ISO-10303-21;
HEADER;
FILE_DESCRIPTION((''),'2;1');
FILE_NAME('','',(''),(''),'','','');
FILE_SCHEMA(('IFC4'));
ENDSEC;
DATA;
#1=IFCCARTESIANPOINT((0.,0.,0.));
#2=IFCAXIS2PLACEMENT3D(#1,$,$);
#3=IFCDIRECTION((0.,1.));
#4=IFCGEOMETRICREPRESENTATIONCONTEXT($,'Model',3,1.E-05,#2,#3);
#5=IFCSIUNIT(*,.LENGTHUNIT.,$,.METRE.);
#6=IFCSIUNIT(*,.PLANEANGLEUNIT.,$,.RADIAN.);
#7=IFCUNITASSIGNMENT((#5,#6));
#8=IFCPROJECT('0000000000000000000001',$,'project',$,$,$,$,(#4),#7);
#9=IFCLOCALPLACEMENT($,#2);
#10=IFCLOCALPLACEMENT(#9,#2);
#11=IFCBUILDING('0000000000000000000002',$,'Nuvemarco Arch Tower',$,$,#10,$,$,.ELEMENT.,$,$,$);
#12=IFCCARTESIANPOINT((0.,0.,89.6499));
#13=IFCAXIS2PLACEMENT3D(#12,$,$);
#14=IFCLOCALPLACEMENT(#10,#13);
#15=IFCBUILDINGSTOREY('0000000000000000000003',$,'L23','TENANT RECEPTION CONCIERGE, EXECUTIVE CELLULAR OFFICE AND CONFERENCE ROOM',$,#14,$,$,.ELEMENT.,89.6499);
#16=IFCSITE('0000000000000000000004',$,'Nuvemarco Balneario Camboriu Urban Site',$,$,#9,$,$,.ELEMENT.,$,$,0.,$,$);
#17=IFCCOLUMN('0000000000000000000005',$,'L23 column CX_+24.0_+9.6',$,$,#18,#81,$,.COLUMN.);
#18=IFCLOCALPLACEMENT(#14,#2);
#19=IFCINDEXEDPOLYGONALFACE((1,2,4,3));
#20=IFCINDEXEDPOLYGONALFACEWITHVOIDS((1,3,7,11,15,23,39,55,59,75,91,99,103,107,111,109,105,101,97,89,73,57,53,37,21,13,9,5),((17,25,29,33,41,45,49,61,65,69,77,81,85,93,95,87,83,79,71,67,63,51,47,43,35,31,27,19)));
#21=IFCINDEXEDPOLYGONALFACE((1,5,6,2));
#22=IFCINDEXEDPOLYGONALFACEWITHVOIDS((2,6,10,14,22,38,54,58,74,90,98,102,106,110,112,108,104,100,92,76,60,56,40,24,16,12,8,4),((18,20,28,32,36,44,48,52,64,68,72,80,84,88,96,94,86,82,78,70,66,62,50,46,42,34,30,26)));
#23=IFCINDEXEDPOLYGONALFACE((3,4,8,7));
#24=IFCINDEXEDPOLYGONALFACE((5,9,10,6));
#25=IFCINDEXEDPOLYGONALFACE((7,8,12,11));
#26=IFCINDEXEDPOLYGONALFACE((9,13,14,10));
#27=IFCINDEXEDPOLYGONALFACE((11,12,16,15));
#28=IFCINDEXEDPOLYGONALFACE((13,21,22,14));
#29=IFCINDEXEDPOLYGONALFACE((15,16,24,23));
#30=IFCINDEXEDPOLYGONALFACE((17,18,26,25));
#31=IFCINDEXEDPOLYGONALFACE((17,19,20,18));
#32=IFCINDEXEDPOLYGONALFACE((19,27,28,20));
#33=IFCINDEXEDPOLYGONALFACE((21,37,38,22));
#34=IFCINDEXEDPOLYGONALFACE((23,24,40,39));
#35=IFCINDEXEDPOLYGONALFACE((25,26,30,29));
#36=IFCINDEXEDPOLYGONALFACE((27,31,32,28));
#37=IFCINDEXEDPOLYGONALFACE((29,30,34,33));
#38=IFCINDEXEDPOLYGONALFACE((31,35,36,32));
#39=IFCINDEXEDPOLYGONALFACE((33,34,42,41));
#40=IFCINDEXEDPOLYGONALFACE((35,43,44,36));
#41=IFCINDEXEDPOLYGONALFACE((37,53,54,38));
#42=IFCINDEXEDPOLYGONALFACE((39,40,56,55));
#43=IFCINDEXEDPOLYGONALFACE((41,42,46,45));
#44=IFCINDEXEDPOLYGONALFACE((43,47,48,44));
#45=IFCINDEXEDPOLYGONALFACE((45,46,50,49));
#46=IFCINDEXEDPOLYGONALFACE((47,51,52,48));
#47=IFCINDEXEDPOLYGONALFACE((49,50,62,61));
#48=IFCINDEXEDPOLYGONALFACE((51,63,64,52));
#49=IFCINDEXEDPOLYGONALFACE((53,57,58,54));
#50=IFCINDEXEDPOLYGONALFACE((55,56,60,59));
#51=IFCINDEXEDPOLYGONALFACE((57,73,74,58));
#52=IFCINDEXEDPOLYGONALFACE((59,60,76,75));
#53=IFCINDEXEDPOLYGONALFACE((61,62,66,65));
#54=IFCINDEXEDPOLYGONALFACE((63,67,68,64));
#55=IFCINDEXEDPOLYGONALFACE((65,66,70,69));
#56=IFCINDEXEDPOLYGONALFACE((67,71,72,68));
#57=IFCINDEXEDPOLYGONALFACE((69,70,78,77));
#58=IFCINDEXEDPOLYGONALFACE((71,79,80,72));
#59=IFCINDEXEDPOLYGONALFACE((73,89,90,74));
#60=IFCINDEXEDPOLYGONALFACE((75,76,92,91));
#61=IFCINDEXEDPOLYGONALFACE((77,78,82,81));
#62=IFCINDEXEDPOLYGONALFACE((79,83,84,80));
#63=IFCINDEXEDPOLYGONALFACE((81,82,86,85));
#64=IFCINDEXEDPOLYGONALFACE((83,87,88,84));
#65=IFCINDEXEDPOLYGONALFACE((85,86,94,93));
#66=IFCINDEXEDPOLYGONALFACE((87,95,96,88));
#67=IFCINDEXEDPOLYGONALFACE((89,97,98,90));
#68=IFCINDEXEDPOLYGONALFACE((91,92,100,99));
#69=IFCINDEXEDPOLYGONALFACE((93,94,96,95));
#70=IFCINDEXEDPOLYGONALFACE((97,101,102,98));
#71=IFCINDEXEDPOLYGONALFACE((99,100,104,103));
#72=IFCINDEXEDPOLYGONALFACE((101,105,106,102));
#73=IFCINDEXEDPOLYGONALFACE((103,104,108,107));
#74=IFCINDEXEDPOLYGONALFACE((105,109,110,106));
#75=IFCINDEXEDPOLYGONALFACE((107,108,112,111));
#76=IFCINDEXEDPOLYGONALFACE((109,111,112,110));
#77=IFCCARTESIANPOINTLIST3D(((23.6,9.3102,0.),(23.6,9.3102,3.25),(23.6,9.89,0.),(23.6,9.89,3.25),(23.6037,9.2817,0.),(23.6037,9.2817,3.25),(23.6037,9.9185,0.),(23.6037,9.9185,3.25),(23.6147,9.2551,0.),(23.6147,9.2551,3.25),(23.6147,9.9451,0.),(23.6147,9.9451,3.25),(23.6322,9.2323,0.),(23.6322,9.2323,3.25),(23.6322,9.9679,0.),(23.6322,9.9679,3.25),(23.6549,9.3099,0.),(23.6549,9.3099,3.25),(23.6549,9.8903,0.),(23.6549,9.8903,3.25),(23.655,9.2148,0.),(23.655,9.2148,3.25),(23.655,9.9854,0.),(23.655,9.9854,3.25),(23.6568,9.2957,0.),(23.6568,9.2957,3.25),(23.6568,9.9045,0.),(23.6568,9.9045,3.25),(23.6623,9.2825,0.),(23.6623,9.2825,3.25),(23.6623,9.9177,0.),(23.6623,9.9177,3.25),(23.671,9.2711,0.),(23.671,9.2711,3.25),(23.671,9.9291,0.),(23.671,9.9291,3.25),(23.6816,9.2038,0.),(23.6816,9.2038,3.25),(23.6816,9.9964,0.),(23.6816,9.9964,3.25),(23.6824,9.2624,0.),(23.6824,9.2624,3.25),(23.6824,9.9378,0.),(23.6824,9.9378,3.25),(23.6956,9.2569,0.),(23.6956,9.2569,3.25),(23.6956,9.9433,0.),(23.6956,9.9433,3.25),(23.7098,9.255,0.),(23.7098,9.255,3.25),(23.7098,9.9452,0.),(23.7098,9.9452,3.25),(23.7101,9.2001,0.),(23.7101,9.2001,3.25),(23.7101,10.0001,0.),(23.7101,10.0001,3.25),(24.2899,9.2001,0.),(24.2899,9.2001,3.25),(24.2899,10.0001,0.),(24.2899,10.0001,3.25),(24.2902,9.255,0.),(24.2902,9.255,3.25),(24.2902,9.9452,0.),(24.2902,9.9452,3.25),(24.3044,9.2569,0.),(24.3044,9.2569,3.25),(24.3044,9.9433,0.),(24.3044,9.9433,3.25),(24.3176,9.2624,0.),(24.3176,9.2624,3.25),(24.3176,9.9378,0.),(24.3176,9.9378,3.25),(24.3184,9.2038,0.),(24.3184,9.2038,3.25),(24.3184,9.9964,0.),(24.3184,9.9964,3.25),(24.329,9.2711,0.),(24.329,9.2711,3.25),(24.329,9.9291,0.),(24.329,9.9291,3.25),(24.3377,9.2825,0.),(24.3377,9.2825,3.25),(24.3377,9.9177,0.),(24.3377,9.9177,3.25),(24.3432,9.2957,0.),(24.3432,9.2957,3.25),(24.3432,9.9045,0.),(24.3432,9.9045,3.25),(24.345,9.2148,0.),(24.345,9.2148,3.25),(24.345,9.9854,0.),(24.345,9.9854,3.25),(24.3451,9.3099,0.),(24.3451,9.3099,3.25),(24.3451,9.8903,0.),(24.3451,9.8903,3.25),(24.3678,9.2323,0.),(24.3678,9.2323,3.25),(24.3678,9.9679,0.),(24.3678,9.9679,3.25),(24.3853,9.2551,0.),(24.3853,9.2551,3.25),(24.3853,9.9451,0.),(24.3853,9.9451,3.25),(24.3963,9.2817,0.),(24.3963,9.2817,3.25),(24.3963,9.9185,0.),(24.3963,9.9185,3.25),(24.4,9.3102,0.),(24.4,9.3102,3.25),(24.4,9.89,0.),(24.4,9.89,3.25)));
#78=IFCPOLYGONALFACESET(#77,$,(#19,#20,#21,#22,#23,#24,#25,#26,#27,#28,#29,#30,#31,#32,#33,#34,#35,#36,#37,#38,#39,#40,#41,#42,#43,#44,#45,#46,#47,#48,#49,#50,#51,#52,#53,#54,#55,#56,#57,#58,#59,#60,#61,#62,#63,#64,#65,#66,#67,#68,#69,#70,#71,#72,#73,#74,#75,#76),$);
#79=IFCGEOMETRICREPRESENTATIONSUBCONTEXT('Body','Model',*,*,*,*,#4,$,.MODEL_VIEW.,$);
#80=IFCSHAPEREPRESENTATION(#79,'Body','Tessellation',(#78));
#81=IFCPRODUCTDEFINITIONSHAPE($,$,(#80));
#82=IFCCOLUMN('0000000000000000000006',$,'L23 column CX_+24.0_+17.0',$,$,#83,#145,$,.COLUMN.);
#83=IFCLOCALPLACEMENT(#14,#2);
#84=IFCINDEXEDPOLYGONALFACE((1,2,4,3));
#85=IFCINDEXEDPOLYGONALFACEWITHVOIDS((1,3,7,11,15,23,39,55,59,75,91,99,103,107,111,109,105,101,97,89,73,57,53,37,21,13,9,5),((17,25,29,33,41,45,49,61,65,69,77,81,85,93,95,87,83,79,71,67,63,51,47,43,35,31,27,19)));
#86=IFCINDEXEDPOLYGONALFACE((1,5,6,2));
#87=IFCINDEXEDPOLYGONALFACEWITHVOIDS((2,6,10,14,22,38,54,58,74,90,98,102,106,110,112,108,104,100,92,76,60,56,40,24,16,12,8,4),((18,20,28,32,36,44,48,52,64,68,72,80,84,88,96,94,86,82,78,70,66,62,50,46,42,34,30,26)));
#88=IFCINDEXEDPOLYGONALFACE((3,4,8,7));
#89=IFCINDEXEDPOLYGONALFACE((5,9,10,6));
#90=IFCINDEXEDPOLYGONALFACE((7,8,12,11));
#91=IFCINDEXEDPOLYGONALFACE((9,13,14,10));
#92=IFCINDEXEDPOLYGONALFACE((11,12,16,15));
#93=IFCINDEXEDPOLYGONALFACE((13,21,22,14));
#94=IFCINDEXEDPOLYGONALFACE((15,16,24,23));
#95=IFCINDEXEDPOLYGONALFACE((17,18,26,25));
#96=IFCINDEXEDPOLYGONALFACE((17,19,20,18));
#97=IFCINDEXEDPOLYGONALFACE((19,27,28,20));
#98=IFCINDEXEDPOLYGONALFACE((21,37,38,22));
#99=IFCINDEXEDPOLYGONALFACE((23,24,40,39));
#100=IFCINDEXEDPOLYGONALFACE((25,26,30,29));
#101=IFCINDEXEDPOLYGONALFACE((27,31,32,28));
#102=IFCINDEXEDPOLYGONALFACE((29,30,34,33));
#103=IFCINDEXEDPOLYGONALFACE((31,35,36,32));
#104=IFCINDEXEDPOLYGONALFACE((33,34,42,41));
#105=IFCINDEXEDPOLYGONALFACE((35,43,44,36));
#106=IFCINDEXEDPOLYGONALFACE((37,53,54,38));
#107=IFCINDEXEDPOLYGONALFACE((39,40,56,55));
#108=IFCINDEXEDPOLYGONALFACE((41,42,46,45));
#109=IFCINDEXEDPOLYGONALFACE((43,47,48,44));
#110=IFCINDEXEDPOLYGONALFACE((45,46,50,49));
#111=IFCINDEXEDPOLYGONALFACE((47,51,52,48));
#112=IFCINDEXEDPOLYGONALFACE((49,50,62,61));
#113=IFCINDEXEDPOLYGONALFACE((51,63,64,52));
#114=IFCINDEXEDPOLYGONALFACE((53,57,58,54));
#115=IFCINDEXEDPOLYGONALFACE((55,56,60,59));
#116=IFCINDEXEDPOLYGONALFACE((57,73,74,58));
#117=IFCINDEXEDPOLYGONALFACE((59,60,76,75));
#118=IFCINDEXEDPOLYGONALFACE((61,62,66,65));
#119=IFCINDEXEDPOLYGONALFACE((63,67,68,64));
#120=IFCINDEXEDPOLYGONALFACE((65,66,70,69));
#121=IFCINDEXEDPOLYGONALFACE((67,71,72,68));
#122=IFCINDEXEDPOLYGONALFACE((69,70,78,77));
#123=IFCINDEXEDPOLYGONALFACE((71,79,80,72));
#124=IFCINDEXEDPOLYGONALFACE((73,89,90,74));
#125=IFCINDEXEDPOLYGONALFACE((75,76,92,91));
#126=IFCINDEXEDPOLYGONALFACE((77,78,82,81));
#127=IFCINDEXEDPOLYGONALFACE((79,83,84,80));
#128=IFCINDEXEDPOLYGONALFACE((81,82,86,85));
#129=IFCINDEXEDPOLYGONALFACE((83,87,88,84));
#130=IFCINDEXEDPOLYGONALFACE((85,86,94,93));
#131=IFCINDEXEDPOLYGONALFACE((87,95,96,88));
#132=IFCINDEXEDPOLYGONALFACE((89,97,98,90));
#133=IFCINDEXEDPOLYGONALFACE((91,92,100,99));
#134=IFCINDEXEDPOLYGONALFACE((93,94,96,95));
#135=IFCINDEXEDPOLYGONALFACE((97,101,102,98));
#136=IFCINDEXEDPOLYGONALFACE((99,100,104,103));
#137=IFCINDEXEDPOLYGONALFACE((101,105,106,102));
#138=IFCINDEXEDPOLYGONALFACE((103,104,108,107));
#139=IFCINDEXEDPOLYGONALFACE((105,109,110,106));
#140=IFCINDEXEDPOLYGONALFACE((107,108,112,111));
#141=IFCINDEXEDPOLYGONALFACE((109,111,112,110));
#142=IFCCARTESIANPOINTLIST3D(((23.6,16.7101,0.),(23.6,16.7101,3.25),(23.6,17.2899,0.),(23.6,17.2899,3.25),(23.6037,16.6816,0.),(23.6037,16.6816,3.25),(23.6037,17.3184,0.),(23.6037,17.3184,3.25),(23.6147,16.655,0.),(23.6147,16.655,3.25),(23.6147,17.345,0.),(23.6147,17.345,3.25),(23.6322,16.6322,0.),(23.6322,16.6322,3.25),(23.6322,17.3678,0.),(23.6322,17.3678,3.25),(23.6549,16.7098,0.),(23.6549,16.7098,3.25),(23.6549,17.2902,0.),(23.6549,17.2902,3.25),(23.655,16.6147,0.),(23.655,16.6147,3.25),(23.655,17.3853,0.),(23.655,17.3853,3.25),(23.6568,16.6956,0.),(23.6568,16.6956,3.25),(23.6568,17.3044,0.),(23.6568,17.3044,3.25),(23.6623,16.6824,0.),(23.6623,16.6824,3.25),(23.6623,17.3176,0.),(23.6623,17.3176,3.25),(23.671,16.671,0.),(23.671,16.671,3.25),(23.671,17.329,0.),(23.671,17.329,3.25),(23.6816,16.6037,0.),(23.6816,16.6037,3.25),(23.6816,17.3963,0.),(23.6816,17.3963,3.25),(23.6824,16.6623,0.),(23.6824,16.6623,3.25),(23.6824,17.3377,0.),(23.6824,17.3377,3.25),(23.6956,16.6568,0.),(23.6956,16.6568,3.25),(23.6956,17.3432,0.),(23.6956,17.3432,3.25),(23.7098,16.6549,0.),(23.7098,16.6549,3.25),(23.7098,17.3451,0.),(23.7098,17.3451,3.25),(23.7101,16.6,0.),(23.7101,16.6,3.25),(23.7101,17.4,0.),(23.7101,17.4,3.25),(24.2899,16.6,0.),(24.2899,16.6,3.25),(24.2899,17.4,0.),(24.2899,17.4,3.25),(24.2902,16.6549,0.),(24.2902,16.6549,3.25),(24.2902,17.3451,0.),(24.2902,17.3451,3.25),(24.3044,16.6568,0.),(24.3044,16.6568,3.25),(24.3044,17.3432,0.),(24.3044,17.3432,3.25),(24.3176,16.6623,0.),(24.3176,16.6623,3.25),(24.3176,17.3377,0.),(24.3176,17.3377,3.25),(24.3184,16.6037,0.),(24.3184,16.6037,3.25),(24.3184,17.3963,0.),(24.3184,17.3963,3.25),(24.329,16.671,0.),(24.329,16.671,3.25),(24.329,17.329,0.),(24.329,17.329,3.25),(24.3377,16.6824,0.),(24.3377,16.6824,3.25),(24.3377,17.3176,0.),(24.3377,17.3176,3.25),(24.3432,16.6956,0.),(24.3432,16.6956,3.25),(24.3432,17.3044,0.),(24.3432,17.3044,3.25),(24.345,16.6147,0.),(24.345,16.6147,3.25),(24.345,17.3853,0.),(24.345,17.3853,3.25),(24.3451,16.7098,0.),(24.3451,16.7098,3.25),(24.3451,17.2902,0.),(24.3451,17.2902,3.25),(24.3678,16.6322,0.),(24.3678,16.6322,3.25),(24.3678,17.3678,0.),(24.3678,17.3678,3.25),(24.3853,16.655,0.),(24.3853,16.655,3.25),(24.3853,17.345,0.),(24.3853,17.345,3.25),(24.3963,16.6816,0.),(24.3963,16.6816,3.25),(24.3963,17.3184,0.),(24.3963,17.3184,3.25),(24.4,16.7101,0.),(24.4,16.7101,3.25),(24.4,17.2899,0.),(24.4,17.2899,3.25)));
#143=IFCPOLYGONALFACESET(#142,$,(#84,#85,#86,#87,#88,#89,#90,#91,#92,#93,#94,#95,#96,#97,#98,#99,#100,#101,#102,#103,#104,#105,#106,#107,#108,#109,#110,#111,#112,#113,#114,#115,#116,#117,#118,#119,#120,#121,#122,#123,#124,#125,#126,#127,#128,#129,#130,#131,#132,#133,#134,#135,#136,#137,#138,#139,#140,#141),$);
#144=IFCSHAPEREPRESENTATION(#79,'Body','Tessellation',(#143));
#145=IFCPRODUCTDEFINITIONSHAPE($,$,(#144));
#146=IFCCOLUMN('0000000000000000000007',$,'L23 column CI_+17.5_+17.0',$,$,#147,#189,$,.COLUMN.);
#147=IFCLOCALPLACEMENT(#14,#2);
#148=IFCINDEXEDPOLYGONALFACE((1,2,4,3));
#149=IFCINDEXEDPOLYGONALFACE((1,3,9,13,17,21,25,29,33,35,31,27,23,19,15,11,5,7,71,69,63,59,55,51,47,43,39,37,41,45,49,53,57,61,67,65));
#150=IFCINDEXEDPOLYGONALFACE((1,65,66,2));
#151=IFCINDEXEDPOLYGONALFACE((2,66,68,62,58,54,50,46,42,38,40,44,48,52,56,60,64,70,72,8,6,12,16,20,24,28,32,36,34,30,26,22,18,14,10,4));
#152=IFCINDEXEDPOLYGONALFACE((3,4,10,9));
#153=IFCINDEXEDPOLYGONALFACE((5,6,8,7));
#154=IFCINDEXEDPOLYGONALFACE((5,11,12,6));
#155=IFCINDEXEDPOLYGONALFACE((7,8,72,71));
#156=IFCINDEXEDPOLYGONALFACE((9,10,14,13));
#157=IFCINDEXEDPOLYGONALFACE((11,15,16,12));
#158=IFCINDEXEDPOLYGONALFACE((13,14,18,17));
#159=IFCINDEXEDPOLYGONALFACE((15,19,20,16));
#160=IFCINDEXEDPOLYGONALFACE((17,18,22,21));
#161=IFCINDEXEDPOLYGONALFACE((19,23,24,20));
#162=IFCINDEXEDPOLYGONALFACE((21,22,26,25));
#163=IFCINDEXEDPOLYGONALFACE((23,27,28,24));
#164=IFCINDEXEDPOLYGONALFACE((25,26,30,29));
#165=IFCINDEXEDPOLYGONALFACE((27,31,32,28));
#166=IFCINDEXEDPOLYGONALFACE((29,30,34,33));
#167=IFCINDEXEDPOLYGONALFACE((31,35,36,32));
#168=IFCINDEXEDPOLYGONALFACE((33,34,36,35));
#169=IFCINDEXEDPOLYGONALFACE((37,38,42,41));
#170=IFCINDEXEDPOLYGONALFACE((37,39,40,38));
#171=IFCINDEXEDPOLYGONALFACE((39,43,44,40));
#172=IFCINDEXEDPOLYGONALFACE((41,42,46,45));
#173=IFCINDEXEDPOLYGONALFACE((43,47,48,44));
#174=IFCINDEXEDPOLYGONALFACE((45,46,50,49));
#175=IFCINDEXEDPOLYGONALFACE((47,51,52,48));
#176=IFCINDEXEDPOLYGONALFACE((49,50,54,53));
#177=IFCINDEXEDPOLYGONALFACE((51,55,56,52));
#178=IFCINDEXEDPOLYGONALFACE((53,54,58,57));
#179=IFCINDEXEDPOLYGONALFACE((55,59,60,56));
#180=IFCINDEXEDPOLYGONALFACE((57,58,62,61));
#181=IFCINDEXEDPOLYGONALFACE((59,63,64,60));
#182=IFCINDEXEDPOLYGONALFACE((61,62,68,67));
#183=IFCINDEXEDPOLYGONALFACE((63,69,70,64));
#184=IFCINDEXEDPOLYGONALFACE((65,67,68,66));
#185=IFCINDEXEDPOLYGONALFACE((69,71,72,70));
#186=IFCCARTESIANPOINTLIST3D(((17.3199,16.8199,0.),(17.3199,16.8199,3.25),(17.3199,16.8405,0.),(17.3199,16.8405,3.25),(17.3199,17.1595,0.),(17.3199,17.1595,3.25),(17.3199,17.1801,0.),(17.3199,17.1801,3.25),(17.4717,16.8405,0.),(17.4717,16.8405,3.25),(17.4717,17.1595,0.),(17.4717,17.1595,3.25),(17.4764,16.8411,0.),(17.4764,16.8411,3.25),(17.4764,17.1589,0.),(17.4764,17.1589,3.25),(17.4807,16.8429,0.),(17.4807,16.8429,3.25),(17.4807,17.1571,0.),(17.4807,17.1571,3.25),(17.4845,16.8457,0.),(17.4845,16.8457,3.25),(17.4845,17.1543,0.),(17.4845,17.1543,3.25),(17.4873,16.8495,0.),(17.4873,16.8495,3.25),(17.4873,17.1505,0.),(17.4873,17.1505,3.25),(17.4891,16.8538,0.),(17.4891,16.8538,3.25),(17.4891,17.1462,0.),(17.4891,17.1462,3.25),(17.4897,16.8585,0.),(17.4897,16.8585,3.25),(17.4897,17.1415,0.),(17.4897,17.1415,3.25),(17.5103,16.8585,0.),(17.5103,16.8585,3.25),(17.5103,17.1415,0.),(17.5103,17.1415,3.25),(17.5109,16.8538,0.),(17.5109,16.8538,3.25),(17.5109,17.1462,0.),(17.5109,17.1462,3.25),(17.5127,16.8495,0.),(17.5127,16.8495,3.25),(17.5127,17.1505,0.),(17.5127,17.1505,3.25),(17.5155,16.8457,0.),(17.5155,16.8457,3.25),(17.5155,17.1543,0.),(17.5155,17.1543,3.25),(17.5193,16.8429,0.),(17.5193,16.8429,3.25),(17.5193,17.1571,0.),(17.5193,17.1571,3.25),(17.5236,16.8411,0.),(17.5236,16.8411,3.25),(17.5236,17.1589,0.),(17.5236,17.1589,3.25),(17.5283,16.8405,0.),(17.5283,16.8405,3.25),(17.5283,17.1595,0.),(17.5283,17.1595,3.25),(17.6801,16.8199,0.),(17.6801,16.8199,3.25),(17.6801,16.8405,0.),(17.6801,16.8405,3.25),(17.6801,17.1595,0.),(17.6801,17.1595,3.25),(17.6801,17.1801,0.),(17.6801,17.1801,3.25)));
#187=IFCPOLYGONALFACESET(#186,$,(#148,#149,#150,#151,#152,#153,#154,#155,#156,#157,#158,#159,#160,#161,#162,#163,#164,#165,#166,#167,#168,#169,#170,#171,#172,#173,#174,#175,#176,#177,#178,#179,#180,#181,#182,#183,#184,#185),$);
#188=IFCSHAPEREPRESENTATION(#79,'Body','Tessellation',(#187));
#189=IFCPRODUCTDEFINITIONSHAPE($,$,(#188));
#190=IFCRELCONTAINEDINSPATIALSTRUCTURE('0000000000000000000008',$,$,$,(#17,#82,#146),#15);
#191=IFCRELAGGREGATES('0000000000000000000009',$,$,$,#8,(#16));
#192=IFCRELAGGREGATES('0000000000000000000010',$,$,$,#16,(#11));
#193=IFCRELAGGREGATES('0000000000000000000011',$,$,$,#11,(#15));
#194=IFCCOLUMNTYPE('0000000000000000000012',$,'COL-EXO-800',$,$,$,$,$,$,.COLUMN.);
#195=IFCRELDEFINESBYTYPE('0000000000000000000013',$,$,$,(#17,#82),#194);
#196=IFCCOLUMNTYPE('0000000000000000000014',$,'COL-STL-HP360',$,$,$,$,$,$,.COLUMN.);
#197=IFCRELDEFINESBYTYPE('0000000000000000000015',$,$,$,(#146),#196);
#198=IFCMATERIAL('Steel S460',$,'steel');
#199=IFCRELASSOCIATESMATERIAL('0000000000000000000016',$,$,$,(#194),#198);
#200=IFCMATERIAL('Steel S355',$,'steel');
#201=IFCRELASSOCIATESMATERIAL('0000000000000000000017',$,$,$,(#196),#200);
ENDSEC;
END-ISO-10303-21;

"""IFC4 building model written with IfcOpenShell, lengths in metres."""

from ifc_helpers import new_model, si_unit, direction, frame, origin, origin_2d, place, context, subcontext, project, spatial, hollow_rectangle, i_section, extrude, material, material_profile, profile_set, type_object, element, save


model = new_model("IFC4")

# Units and contexts
model_context = context("Model", 3, precision=1e-05, world=origin(), true_north=direction((0.0, 1.0)))
body_context = subcontext(model_context, "Body", "Model", "MODEL_VIEW")
ifc_project = project(units=[si_unit("LENGTHUNIT", "METRE"), si_unit("PLANEANGLEUNIT", "RADIAN")], contexts=[model_context])

# Site, building, storey
site_placement = place(None, origin())
site = spatial("IfcSite", under=ifc_project, at=site_placement, Name="Nuvemarco Balneario Camboriu Urban Site", CompositionType="ELEMENT", RefElevation=0.0)
building_placement = place(site_placement, origin())
building = spatial("IfcBuilding", under=site, at=building_placement, Name="Nuvemarco Arch Tower", CompositionType="ELEMENT")
storey_placement = place(building_placement, frame((0.0, 0.0, 89.6499)))
storey = spatial("IfcBuildingStorey", under=building, at=storey_placement, Name="L23", Description="TENANT RECEPTION CONCIERGE, EXECUTIVE CELLULAR OFFICE AND CONFERENCE ROOM", CompositionType="ELEMENT", Elevation=89.6499)

# Columns
ifc_material_1 = material(Name="Steel S460", Category="steel")
ifc_material_profile_1 = material_profile(ifc_material_1, hollow_rectangle(XDim=0.8, YDim=0.8, WallThickness=0.0549, InnerFilletRadius=0.0549, OuterFilletRadius=0.1101, at=origin_2d()), Name="SHS800x800x55")
ifc_profile_set_1 = profile_set([ifc_material_profile_1], Name="Steel S460")
column_type_1 = type_object("IfcColumnType", Name="COL-EXO-800", PredefinedType="COLUMN", material=ifc_profile_set_1)
for number, where, z_axis, x_axis, name in (
    (1, (24.0, 9.6001, 0.0), (0.0, 0.0, 1.0), (1.0, 0.0, 0.0), "L23 column CX_+24.0_+9.6"),
    (2, (24.0, 17.0, 0.0), (0.0, 0.0, 1.0), (1.0, 0.0, 0.0), "L23 column CX_+24.0_+17.0"),
):
    element("IfcColumn", number, at=place(storey_placement, frame(where, z_axis=z_axis, x_axis=x_axis)), inside=storey, type_object=column_type_1, Name=name, PredefinedType="COLUMN", context=body_context, shape_type="SweptSolid", body=[
        extrude(hollow_rectangle(XDim=0.8, YDim=0.8, WallThickness=0.0549, InnerFilletRadius=0.0549, OuterFilletRadius=0.1101, at=origin_2d()), origin(), (0.0, 0.0, 1.0), 3.25),
    ])
ifc_material_2 = material(Name="Steel S355", Category="steel")
ifc_material_profile_2 = material_profile(ifc_material_2, i_section(OverallWidth=0.3601, OverallDepth=0.3601, WebThickness=0.0205, FlangeThickness=0.0205, FilletRadius=0.0181, at=origin_2d()), Name="HP360x174")
ifc_profile_set_2 = profile_set([ifc_material_profile_2], Name="Steel S355")
column_type_2 = type_object("IfcColumnType", Name="COL-STL-HP360", PredefinedType="COLUMN", material=ifc_profile_set_2)
column_placement = place(storey_placement, frame((17.5, 17.0, 0.0), z_axis=(0.0, 0.0, 1.0), x_axis=(1.0, 0.0, 0.0)))
element("IfcColumn", 3, at=column_placement, inside=storey, type_object=column_type_2, Name="L23 column CI_+17.5_+17.0", PredefinedType="COLUMN", context=body_context, shape_type="SweptSolid", body=[
    extrude(i_section(OverallWidth=0.3601, OverallDepth=0.3601, WebThickness=0.0205, FlangeThickness=0.0205, FilletRadius=0.0181, at=origin_2d()), origin(), (0.0, 0.0, 1.0), 3.25),
])

save(model, "model.ifc")
